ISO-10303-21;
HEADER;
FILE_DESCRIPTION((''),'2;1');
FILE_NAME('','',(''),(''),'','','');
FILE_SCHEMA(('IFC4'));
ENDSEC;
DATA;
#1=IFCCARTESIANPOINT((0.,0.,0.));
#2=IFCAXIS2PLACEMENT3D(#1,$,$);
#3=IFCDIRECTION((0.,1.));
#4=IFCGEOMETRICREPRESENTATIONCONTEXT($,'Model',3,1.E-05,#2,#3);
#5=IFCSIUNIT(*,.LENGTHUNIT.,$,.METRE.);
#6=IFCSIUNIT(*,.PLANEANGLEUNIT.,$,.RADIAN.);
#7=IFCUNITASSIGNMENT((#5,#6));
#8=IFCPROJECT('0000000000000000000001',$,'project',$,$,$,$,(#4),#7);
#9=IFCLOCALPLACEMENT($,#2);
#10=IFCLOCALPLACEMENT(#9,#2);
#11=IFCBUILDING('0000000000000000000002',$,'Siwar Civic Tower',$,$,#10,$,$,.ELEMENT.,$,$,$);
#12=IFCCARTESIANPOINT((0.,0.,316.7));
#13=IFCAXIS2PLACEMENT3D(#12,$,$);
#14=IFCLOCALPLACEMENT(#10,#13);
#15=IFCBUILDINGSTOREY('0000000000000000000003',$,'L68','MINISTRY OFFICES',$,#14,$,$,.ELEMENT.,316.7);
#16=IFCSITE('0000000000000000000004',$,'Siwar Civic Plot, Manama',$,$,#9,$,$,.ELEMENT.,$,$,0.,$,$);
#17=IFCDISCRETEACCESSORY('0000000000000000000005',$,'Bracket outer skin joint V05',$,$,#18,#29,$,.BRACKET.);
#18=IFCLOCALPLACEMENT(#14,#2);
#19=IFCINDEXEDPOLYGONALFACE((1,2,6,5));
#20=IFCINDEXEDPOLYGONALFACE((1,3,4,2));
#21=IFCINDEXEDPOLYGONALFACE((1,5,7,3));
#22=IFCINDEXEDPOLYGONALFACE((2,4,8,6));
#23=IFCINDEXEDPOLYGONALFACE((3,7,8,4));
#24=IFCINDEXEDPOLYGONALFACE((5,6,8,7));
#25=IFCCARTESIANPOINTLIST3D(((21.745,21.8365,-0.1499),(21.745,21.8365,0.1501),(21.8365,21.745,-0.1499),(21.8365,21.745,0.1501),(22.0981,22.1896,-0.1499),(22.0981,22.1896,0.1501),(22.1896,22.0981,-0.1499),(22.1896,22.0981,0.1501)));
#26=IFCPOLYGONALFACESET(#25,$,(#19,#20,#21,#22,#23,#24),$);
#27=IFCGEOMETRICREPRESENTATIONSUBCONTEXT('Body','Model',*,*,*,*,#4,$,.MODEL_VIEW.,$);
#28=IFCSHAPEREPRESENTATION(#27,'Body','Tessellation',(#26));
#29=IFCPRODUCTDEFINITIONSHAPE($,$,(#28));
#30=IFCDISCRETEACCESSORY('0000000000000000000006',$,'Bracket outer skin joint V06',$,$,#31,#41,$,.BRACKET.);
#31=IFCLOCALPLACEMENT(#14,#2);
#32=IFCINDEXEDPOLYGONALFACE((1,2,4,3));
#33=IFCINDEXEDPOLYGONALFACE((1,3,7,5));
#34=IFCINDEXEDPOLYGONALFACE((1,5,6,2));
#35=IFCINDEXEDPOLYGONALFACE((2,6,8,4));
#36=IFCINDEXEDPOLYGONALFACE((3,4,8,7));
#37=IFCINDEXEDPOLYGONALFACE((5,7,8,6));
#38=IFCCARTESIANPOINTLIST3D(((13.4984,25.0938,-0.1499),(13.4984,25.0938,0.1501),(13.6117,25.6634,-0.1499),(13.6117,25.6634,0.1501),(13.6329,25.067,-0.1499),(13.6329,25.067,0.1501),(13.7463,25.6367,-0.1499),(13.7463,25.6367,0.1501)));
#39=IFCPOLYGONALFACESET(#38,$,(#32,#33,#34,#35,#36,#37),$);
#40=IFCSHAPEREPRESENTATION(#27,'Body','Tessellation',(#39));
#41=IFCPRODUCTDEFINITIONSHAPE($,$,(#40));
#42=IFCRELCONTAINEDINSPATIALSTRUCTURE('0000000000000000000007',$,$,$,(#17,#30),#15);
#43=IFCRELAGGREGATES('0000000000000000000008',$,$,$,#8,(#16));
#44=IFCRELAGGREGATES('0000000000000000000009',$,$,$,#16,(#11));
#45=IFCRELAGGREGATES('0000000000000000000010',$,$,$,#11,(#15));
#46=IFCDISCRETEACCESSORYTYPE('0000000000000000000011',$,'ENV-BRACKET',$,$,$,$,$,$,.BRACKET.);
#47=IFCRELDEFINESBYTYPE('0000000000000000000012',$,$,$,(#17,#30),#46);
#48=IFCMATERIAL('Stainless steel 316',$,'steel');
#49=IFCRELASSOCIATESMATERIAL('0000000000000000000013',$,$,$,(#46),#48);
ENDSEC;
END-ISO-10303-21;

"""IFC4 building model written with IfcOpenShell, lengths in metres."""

from ifc_helpers import new_model, si_unit, direction, frame, origin, origin_2d, place, context, subcontext, project, spatial, rectangle, extrude, material, type_object, element, save


model = new_model("IFC4")

# Units and contexts
model_context = context("Model", 3, precision=1e-05, world=origin(), true_north=direction((0.0, 1.0)))
body_context = subcontext(model_context, "Body", "Model", "MODEL_VIEW")
ifc_project = project(units=[si_unit("LENGTHUNIT", "METRE"), si_unit("PLANEANGLEUNIT", "RADIAN")], contexts=[model_context])

# Site, building, storey
site_placement = place(None, origin())
site = spatial("IfcSite", under=ifc_project, at=site_placement, Name="Siwar Civic Plot, Manama", CompositionType="ELEMENT", RefElevation=0.0)
building_placement = place(site_placement, origin())
building = spatial("IfcBuilding", under=site, at=building_placement, Name="Siwar Civic Tower", CompositionType="ELEMENT")
storey_placement = place(building_placement, frame((0.0, 0.0, 316.7)))
storey = spatial("IfcBuildingStorey", under=building, at=storey_placement, Name="L68", Description="MINISTRY OFFICES", CompositionType="ELEMENT", Elevation=316.7)

# Discrete accessories
ifc_material_1 = material(Name="Stainless steel 316", Category="steel")
discrete_accessory_type = type_object("IfcDiscreteAccessoryType", Name="ENV-BRACKET", PredefinedType="BRACKET", material=ifc_material_1)
discrete_accessory_1_placement = place(storey_placement, frame((21.9673, 21.9673, -0.1499), z_axis=(0.0, 0.0, 1.0), x_axis=(0.707107, 0.707107, 0.0)))
element("IfcDiscreteAccessory", 1, at=discrete_accessory_1_placement, inside=storey, type_object=discrete_accessory_type, Name="Bracket outer skin joint V05", PredefinedType="BRACKET", context=body_context, shape_type="SweptSolid", body=[
    extrude(rectangle(XDim=0.4993, YDim=0.1294, at=origin_2d()), origin(), (0.0, 0.0, 1.0), 0.3),
])
discrete_accessory_2_placement = place(storey_placement, frame((13.6223, 25.3652, -0.1499), z_axis=(0.0, 0.0, 1.0), x_axis=(0.19509, 0.980785, 0.0)))
element("IfcDiscreteAccessory", 2, at=discrete_accessory_2_placement, inside=storey, type_object=discrete_accessory_type, Name="Bracket outer skin joint V06", PredefinedType="BRACKET", context=body_context, shape_type="SweptSolid", body=[
    extrude(rectangle(XDim=0.5808, YDim=0.1372, at=origin_2d()), origin(), (0.0, 0.0, 1.0), 0.3),
])

save(model, "model.ifc")
